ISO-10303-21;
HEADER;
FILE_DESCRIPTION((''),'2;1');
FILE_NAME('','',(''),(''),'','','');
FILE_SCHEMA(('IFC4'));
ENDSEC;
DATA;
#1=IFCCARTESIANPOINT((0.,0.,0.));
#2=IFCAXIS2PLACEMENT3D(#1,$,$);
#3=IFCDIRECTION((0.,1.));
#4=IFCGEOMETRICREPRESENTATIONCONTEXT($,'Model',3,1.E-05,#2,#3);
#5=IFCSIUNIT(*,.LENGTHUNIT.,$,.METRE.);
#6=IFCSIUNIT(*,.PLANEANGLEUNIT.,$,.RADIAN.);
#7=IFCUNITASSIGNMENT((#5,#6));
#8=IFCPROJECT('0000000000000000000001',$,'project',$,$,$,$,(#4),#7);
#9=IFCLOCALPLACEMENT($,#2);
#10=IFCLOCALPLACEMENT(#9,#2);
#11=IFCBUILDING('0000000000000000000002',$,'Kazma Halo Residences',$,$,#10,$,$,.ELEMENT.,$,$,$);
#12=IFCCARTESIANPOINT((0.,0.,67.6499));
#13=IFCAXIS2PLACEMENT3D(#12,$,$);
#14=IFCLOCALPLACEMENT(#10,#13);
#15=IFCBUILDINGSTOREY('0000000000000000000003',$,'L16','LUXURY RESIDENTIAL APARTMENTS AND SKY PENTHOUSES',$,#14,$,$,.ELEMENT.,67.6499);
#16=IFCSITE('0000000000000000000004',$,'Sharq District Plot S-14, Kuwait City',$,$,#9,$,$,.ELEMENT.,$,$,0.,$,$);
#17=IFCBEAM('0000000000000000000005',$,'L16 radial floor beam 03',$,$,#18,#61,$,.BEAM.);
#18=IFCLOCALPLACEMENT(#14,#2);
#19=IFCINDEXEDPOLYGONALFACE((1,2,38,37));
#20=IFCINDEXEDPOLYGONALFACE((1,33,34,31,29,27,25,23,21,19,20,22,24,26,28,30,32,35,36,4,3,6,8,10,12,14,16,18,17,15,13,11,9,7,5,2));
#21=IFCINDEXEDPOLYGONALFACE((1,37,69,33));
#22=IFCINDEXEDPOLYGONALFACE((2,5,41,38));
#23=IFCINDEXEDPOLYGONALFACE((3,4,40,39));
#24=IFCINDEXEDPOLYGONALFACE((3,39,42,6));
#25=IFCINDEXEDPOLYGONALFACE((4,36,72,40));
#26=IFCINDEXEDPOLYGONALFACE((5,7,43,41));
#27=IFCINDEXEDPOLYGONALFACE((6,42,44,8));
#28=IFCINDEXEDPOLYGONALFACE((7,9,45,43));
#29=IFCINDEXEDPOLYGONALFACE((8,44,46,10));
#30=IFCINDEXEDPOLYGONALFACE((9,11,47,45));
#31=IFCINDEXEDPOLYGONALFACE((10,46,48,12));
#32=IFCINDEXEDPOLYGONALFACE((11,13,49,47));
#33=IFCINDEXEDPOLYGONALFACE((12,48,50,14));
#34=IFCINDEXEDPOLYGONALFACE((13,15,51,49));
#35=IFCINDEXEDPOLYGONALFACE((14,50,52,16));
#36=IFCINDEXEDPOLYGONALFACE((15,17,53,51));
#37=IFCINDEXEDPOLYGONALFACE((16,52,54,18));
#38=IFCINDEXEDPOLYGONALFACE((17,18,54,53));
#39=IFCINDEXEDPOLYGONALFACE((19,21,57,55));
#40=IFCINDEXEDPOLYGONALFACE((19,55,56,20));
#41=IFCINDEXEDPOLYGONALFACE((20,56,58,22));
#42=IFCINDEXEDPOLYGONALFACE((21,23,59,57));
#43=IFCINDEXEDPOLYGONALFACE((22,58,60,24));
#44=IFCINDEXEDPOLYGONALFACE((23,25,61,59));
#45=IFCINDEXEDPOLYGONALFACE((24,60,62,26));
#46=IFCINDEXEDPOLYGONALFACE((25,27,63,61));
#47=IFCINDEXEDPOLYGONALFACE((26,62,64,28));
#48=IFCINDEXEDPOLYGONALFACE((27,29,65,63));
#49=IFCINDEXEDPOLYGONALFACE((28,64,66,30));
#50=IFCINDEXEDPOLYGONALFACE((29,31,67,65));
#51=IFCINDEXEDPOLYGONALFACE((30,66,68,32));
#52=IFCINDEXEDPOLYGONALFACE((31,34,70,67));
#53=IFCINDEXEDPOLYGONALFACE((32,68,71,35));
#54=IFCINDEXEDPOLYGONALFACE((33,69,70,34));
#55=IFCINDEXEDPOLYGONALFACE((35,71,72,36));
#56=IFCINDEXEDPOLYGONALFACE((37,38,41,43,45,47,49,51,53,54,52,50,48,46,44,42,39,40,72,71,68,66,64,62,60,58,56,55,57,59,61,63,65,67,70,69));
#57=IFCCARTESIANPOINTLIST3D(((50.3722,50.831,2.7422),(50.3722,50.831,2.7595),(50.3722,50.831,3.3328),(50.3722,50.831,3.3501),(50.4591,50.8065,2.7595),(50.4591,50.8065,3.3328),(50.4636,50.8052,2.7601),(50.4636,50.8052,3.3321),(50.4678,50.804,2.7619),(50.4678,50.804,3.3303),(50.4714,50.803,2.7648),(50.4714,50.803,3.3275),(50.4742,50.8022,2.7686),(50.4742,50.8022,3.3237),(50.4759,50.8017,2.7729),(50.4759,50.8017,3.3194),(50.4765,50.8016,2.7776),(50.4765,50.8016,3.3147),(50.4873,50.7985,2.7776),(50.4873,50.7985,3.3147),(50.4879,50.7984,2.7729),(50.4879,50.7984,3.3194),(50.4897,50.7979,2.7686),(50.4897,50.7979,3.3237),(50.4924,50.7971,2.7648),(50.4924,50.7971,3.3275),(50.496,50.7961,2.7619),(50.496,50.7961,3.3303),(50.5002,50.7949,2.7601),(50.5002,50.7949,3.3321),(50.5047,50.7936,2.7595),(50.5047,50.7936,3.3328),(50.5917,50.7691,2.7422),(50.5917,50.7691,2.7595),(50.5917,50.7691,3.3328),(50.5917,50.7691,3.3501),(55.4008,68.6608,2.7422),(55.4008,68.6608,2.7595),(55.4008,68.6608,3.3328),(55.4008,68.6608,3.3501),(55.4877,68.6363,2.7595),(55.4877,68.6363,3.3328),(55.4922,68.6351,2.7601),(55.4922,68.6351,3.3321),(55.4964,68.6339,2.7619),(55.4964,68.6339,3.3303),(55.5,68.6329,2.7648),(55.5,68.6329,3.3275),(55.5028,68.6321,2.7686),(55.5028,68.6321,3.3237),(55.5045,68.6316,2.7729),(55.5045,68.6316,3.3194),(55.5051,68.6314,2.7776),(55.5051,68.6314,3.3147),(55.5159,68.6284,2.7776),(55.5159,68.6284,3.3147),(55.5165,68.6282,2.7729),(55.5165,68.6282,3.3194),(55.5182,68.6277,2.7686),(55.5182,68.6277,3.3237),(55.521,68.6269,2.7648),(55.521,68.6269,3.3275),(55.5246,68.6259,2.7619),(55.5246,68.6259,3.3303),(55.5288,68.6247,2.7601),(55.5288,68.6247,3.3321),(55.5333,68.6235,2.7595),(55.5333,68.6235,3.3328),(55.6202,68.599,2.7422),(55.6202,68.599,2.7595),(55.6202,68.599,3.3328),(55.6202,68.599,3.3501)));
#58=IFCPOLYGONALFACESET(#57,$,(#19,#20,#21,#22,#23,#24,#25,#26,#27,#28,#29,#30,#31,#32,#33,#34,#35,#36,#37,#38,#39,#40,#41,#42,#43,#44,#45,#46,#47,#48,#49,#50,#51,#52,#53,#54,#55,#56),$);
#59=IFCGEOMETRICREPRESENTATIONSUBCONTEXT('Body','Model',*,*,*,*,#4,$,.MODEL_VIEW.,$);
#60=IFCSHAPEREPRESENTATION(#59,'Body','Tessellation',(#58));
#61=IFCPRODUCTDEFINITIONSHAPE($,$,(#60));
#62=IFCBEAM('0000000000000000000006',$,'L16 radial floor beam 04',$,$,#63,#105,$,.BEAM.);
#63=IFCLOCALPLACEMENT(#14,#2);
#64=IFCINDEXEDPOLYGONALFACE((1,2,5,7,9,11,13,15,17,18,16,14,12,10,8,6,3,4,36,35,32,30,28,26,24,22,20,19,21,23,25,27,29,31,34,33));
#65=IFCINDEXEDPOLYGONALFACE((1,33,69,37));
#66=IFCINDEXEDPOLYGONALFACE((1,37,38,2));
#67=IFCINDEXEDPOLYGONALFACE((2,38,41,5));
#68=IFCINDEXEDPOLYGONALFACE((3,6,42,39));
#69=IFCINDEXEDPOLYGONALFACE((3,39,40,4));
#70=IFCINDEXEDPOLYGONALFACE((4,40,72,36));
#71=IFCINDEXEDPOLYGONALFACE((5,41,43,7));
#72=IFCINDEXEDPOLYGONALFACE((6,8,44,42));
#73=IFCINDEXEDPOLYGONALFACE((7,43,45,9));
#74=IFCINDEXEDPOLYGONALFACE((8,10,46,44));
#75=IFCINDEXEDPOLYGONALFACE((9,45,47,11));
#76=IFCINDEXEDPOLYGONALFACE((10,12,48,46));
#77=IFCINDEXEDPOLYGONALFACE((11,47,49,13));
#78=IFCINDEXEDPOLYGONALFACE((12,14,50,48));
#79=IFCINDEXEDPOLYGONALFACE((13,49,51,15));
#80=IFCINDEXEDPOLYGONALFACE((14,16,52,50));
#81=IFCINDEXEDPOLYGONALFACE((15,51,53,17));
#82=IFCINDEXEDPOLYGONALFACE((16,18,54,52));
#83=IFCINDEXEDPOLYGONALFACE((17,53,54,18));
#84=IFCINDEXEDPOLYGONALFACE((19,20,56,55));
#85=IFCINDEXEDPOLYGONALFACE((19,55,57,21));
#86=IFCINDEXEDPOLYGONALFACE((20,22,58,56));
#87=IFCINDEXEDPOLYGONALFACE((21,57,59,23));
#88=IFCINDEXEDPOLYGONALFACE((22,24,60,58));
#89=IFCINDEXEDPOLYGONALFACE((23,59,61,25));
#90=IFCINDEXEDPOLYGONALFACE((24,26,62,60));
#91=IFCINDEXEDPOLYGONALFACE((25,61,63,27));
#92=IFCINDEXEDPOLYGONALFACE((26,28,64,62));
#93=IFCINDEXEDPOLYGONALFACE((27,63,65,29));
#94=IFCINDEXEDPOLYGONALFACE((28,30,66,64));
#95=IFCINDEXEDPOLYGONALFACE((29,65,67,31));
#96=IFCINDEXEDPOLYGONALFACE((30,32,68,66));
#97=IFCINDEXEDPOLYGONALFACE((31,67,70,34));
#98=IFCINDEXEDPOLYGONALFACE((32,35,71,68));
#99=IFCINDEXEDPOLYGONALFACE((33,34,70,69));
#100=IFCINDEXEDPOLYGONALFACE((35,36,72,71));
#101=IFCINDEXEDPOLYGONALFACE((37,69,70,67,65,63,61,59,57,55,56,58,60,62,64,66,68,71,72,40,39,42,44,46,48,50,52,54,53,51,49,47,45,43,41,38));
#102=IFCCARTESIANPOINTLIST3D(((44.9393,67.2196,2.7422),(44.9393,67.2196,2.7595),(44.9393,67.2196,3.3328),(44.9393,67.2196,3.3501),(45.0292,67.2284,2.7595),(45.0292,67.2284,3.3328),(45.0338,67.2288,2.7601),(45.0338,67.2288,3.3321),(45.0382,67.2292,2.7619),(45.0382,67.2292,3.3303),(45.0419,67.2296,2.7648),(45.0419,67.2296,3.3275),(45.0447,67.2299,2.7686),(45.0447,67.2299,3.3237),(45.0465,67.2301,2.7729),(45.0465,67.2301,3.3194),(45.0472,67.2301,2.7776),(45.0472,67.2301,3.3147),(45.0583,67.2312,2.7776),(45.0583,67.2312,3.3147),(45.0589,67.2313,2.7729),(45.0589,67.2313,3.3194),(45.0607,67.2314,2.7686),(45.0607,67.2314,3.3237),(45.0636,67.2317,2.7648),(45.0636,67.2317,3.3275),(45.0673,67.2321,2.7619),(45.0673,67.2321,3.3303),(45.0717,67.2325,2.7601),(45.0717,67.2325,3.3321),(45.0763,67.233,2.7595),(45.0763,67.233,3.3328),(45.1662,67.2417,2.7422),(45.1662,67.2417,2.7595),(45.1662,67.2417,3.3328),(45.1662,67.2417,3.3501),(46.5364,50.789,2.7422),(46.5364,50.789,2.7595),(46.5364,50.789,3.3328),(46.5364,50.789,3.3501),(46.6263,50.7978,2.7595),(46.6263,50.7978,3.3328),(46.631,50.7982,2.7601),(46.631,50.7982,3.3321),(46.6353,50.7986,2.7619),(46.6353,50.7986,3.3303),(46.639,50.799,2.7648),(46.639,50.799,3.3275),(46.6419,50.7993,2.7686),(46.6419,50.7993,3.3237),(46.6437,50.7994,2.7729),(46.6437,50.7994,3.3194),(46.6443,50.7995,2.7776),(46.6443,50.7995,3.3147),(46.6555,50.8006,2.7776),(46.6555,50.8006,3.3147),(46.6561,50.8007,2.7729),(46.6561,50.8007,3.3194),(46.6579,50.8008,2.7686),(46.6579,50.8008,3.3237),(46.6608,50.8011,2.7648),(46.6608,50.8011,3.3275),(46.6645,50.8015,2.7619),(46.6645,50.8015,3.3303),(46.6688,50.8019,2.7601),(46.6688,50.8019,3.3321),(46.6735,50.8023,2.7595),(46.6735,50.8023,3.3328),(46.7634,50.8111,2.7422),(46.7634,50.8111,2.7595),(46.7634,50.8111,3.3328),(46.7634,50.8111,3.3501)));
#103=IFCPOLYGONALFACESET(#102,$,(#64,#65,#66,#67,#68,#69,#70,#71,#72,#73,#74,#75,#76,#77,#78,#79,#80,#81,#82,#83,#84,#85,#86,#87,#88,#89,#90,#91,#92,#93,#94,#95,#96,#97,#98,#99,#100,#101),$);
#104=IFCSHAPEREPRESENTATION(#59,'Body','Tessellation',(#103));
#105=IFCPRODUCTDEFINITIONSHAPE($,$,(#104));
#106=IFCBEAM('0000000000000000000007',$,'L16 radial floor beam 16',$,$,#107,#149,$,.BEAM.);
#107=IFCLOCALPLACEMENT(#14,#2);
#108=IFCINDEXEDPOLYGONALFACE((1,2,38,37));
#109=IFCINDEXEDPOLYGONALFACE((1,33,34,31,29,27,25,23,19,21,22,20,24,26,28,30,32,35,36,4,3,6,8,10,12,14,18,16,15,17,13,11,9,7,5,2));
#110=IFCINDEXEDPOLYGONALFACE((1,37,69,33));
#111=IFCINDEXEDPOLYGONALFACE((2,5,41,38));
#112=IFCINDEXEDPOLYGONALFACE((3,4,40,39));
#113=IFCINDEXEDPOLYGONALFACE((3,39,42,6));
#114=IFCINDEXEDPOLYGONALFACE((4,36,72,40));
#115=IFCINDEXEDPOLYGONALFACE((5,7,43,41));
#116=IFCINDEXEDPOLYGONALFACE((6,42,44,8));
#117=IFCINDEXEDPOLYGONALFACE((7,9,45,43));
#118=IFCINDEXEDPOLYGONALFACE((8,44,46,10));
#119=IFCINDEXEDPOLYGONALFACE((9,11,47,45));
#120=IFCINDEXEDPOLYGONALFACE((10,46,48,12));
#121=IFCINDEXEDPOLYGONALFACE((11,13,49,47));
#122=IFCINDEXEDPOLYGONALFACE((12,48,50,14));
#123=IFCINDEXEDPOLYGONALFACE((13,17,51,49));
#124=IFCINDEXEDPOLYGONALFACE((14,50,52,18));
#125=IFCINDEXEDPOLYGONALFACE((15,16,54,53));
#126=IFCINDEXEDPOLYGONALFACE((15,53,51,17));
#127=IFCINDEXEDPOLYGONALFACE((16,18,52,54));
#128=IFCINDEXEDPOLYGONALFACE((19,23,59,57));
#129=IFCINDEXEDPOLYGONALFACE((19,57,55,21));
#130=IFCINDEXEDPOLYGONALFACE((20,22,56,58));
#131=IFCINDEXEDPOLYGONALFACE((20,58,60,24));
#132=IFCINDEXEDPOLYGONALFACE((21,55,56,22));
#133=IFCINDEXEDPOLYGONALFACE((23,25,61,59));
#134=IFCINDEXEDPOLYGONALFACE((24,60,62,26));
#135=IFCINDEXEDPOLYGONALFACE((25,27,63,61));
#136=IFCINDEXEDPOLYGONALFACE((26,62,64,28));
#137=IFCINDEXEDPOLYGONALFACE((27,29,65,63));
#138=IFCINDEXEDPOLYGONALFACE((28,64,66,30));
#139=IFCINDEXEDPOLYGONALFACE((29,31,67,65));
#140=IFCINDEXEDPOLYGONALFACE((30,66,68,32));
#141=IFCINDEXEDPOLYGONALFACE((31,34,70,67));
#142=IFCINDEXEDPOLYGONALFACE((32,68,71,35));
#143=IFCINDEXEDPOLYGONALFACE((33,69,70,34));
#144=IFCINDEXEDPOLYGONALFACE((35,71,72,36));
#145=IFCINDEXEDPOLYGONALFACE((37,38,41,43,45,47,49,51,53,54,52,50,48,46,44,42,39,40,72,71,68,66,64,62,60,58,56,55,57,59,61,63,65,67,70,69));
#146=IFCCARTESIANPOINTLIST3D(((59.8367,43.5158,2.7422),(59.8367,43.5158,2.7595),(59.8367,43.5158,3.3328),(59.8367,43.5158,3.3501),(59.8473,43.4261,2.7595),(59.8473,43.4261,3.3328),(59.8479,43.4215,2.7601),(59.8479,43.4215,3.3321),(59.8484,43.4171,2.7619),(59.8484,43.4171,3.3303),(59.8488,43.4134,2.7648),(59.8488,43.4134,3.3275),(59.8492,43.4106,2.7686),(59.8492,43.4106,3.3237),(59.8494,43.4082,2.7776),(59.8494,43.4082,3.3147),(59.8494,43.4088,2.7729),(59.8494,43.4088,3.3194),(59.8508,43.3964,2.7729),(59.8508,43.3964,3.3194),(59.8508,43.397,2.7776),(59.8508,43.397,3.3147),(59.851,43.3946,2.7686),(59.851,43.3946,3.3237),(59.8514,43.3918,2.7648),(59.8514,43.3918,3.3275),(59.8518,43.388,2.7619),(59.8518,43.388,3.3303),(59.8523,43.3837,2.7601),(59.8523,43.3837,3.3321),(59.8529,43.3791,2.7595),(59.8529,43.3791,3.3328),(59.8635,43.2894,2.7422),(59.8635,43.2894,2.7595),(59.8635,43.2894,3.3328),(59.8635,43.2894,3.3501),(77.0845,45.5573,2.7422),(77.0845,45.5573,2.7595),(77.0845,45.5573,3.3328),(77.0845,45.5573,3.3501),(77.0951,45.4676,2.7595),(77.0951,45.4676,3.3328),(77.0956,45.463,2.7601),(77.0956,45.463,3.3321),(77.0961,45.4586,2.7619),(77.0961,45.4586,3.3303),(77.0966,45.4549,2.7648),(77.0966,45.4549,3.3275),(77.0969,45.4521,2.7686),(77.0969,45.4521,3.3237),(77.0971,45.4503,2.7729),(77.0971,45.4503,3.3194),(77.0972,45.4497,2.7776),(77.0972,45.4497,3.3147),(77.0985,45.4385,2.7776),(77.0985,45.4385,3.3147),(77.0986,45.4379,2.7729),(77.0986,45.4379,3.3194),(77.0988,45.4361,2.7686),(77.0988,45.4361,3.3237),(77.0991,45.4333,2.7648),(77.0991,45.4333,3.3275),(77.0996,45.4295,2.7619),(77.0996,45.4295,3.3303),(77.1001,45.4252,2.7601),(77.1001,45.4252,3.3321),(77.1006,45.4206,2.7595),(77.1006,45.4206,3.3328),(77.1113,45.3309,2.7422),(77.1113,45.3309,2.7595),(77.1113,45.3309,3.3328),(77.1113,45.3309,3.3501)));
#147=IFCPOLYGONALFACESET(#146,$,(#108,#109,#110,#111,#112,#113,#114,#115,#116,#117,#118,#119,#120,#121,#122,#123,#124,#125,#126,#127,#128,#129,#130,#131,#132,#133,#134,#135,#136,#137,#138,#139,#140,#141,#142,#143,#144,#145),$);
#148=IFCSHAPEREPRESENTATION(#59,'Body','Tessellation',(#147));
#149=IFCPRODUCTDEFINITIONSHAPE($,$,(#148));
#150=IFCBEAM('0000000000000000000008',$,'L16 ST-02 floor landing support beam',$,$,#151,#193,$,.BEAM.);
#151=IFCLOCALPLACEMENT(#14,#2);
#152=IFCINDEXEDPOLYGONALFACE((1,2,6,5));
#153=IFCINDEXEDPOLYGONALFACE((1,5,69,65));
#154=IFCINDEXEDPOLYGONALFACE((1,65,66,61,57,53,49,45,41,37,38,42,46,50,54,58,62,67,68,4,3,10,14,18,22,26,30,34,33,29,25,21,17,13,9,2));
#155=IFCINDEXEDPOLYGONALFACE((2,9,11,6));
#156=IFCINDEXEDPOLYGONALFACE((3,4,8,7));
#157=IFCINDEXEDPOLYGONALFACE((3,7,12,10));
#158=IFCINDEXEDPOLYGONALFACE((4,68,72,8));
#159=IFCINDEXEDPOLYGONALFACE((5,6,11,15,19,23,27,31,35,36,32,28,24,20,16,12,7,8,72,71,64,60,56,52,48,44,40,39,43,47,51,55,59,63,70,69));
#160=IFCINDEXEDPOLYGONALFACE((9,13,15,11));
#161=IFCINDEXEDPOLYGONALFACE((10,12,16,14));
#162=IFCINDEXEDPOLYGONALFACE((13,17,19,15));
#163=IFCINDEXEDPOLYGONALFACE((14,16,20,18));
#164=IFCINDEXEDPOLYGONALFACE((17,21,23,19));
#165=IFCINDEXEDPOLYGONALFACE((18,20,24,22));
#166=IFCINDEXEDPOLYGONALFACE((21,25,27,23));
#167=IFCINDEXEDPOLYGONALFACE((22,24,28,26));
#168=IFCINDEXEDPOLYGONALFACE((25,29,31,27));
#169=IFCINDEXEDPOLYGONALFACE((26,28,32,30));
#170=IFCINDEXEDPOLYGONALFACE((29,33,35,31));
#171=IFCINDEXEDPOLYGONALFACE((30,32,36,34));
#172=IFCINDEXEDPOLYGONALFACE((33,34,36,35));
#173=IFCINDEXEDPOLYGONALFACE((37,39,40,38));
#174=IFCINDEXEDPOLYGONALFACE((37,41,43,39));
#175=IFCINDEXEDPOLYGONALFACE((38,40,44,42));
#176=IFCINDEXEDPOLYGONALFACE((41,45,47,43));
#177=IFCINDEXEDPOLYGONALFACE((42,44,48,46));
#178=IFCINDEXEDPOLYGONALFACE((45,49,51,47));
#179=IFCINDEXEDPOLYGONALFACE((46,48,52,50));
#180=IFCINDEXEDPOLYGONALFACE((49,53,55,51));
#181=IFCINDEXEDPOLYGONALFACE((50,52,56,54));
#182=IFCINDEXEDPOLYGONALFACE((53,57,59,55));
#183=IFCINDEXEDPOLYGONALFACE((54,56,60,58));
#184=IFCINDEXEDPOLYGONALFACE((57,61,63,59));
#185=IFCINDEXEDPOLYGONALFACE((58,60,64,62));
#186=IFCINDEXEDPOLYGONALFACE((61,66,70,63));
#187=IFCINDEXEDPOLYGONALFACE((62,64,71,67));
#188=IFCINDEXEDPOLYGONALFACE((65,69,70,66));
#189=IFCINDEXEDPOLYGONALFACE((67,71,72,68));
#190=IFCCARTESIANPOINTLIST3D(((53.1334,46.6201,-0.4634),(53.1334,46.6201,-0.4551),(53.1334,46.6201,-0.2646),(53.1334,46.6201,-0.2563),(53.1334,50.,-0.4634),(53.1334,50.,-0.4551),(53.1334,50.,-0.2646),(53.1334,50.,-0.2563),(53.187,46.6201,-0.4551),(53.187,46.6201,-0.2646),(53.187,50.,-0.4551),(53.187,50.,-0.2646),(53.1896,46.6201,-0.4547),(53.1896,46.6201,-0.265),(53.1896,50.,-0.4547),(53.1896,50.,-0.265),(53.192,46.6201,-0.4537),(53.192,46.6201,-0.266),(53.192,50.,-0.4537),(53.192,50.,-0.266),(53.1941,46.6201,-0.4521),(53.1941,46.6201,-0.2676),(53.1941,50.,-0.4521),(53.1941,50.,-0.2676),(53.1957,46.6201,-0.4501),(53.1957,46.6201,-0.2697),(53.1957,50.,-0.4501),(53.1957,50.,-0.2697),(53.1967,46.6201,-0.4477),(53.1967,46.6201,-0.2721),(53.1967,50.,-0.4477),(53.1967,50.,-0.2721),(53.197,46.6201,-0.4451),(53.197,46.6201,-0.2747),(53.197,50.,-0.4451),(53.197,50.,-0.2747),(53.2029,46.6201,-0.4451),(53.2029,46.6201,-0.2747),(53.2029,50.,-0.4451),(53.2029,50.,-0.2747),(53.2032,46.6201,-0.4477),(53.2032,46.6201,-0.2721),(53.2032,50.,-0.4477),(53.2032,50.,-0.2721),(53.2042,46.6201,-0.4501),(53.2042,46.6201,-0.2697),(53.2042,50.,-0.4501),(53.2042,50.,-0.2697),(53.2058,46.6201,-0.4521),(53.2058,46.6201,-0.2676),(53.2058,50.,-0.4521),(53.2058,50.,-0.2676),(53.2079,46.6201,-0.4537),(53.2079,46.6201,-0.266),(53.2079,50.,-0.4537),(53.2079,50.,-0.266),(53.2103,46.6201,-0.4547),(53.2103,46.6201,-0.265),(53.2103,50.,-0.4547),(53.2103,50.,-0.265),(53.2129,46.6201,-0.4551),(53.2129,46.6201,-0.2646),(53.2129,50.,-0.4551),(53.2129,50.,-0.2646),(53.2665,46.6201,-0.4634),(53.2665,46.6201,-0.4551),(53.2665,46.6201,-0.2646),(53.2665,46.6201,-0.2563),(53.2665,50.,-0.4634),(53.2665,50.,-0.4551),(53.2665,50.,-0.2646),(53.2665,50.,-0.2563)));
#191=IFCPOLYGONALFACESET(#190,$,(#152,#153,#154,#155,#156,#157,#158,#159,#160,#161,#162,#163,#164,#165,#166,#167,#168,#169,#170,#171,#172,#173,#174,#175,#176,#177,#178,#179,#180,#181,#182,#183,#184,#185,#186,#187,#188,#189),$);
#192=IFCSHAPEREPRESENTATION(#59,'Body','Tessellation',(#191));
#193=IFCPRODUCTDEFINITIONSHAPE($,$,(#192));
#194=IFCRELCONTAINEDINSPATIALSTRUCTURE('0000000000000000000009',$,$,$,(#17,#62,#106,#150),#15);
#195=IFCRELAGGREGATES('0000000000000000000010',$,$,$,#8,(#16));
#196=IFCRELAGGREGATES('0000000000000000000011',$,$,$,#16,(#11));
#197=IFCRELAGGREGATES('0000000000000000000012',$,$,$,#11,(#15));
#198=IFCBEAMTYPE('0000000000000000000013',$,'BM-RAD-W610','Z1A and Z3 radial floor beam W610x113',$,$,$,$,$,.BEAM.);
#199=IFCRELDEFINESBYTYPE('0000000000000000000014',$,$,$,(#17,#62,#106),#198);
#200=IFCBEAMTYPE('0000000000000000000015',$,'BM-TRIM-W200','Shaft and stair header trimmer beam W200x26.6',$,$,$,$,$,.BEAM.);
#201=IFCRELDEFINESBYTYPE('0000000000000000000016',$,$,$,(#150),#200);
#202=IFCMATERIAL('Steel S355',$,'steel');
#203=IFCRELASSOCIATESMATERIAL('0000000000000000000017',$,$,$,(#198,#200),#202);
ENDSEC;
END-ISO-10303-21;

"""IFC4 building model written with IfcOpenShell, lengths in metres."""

from ifc_helpers import new_model, si_unit, direction, frame, origin, origin_2d, place, context, subcontext, project, spatial, i_section, extrude, material, material_profile, profile_set, type_object, element, save


model = new_model("IFC4")

# Units and contexts
model_context = context("Model", 3, precision=1e-05, world=origin(), true_north=direction((0.0, 1.0)))
body_context = subcontext(model_context, "Body", "Model", "MODEL_VIEW")
ifc_project = project(units=[si_unit("LENGTHUNIT", "METRE"), si_unit("PLANEANGLEUNIT", "RADIAN")], contexts=[model_context])

# Site, building, storey
site_placement = place(None, origin())
site = spatial("IfcSite", under=ifc_project, at=site_placement, Name="Sharq District Plot S-14, Kuwait City", CompositionType="ELEMENT", RefElevation=0.0)
building_placement = place(site_placement, origin())
building = spatial("IfcBuilding", under=site, at=building_placement, Name="Kazma Halo Residences", CompositionType="ELEMENT")
storey_placement = place(building_placement, frame((0.0, 0.0, 67.6499)))
storey = spatial("IfcBuildingStorey", under=building, at=storey_placement, Name="L16", Description="LUXURY RESIDENTIAL APARTMENTS AND SKY PENTHOUSES", CompositionType="ELEMENT", Elevation=67.6499)

# Shared definitions
ifc_material_1 = material(Name="Steel S355", Category="steel")

# Beams
ifc_material_profile_1 = material_profile(ifc_material_1, i_section(OverallWidth=0.228, OverallDepth=0.6079, WebThickness=0.0112, FlangeThickness=0.0173, FilletRadius=0.0181, at=origin_2d()), Name="W610x113")
ifc_profile_set_1 = profile_set([ifc_material_profile_1], Name="Steel S355")
beam_type_1 = type_object("IfcBeamType", Name="BM-RAD-W610", Description="Z1A and Z3 radial floor beam W610x113", PredefinedType="BEAM", material=ifc_profile_set_1)
beam_1_placement = place(storey_placement, frame((50.4819, 50.8, 3.0461), z_axis=(0.271442, 0.962455, 0.0), x_axis=(-0.962455, 0.271442, 0.0)))
element("IfcBeam", 1, at=beam_1_placement, inside=storey, type_object=beam_type_1, Name="L16 radial floor beam 03", PredefinedType="BEAM", context=body_context, shape_type="SweptSolid", body=[
    extrude(i_section(OverallWidth=0.228, OverallDepth=0.6079, WebThickness=0.0112, FlangeThickness=0.0173, FilletRadius=0.0181, at=origin_2d()), origin(), (0.0, 0.0, 1.0), 18.5254),
])
beam_2_placement = place(storey_placement, frame((46.6499, 50.8, 3.0461), z_axis=(-0.096751, 0.995309, 0.0), x_axis=(-0.995309, -0.096751, 0.0)))
element("IfcBeam", 2, at=beam_2_placement, inside=storey, type_object=beam_type_1, Name="L16 radial floor beam 04", PredefinedType="BEAM", context=body_context, shape_type="SweptSolid", body=[
    extrude(i_section(OverallWidth=0.228, OverallDepth=0.6079, WebThickness=0.0112, FlangeThickness=0.0173, FilletRadius=0.0181, at=origin_2d()), origin(), (0.0, 0.0, 1.0), 16.5081),
])
beam_3_placement = place(storey_placement, frame((59.8501, 43.4026, 3.0461), z_axis=(0.993068, 0.117543, 0.0), x_axis=(-0.117543, 0.993068, 0.0)))
element("IfcBeam", 3, at=beam_3_placement, inside=storey, type_object=beam_type_1, Name="L16 radial floor beam 16", PredefinedType="BEAM", context=body_context, shape_type="SweptSolid", body=[
    extrude(i_section(OverallWidth=0.228, OverallDepth=0.6079, WebThickness=0.0112, FlangeThickness=0.0173, FilletRadius=0.0181, at=origin_2d()), origin(), (0.0, 0.0, 1.0), 17.3682),
])
ifc_material_profile_2 = material_profile(ifc_material_1, i_section(OverallWidth=0.1331, OverallDepth=0.207, WebThickness=0.0059, FlangeThickness=0.0083, FilletRadius=0.01, at=origin_2d()), Name="W200x26.6")
ifc_profile_set_2 = profile_set([ifc_material_profile_2], Name="Steel S355")
beam_type_2 = type_object("IfcBeamType", Name="BM-TRIM-W200", Description="Shaft and stair header trimmer beam W200x26.6", PredefinedType="BEAM", material=ifc_profile_set_2)
beam_4_placement = place(storey_placement, frame((53.2, 46.6201, -0.3599), z_axis=(0.0, 1.0, 0.0), x_axis=(-1.0, 0.0, 0.0)))
element("IfcBeam", 4, at=beam_4_placement, inside=storey, type_object=beam_type_2, Name="L16 ST-02 floor landing support beam", PredefinedType="BEAM", context=body_context, shape_type="SweptSolid", body=[
    extrude(i_section(OverallWidth=0.1331, OverallDepth=0.207, WebThickness=0.0059, FlangeThickness=0.0083, FilletRadius=0.01, at=origin_2d()), origin(), (0.0, 0.0, 1.0), 3.3799),
])

save(model, "model.ifc")
